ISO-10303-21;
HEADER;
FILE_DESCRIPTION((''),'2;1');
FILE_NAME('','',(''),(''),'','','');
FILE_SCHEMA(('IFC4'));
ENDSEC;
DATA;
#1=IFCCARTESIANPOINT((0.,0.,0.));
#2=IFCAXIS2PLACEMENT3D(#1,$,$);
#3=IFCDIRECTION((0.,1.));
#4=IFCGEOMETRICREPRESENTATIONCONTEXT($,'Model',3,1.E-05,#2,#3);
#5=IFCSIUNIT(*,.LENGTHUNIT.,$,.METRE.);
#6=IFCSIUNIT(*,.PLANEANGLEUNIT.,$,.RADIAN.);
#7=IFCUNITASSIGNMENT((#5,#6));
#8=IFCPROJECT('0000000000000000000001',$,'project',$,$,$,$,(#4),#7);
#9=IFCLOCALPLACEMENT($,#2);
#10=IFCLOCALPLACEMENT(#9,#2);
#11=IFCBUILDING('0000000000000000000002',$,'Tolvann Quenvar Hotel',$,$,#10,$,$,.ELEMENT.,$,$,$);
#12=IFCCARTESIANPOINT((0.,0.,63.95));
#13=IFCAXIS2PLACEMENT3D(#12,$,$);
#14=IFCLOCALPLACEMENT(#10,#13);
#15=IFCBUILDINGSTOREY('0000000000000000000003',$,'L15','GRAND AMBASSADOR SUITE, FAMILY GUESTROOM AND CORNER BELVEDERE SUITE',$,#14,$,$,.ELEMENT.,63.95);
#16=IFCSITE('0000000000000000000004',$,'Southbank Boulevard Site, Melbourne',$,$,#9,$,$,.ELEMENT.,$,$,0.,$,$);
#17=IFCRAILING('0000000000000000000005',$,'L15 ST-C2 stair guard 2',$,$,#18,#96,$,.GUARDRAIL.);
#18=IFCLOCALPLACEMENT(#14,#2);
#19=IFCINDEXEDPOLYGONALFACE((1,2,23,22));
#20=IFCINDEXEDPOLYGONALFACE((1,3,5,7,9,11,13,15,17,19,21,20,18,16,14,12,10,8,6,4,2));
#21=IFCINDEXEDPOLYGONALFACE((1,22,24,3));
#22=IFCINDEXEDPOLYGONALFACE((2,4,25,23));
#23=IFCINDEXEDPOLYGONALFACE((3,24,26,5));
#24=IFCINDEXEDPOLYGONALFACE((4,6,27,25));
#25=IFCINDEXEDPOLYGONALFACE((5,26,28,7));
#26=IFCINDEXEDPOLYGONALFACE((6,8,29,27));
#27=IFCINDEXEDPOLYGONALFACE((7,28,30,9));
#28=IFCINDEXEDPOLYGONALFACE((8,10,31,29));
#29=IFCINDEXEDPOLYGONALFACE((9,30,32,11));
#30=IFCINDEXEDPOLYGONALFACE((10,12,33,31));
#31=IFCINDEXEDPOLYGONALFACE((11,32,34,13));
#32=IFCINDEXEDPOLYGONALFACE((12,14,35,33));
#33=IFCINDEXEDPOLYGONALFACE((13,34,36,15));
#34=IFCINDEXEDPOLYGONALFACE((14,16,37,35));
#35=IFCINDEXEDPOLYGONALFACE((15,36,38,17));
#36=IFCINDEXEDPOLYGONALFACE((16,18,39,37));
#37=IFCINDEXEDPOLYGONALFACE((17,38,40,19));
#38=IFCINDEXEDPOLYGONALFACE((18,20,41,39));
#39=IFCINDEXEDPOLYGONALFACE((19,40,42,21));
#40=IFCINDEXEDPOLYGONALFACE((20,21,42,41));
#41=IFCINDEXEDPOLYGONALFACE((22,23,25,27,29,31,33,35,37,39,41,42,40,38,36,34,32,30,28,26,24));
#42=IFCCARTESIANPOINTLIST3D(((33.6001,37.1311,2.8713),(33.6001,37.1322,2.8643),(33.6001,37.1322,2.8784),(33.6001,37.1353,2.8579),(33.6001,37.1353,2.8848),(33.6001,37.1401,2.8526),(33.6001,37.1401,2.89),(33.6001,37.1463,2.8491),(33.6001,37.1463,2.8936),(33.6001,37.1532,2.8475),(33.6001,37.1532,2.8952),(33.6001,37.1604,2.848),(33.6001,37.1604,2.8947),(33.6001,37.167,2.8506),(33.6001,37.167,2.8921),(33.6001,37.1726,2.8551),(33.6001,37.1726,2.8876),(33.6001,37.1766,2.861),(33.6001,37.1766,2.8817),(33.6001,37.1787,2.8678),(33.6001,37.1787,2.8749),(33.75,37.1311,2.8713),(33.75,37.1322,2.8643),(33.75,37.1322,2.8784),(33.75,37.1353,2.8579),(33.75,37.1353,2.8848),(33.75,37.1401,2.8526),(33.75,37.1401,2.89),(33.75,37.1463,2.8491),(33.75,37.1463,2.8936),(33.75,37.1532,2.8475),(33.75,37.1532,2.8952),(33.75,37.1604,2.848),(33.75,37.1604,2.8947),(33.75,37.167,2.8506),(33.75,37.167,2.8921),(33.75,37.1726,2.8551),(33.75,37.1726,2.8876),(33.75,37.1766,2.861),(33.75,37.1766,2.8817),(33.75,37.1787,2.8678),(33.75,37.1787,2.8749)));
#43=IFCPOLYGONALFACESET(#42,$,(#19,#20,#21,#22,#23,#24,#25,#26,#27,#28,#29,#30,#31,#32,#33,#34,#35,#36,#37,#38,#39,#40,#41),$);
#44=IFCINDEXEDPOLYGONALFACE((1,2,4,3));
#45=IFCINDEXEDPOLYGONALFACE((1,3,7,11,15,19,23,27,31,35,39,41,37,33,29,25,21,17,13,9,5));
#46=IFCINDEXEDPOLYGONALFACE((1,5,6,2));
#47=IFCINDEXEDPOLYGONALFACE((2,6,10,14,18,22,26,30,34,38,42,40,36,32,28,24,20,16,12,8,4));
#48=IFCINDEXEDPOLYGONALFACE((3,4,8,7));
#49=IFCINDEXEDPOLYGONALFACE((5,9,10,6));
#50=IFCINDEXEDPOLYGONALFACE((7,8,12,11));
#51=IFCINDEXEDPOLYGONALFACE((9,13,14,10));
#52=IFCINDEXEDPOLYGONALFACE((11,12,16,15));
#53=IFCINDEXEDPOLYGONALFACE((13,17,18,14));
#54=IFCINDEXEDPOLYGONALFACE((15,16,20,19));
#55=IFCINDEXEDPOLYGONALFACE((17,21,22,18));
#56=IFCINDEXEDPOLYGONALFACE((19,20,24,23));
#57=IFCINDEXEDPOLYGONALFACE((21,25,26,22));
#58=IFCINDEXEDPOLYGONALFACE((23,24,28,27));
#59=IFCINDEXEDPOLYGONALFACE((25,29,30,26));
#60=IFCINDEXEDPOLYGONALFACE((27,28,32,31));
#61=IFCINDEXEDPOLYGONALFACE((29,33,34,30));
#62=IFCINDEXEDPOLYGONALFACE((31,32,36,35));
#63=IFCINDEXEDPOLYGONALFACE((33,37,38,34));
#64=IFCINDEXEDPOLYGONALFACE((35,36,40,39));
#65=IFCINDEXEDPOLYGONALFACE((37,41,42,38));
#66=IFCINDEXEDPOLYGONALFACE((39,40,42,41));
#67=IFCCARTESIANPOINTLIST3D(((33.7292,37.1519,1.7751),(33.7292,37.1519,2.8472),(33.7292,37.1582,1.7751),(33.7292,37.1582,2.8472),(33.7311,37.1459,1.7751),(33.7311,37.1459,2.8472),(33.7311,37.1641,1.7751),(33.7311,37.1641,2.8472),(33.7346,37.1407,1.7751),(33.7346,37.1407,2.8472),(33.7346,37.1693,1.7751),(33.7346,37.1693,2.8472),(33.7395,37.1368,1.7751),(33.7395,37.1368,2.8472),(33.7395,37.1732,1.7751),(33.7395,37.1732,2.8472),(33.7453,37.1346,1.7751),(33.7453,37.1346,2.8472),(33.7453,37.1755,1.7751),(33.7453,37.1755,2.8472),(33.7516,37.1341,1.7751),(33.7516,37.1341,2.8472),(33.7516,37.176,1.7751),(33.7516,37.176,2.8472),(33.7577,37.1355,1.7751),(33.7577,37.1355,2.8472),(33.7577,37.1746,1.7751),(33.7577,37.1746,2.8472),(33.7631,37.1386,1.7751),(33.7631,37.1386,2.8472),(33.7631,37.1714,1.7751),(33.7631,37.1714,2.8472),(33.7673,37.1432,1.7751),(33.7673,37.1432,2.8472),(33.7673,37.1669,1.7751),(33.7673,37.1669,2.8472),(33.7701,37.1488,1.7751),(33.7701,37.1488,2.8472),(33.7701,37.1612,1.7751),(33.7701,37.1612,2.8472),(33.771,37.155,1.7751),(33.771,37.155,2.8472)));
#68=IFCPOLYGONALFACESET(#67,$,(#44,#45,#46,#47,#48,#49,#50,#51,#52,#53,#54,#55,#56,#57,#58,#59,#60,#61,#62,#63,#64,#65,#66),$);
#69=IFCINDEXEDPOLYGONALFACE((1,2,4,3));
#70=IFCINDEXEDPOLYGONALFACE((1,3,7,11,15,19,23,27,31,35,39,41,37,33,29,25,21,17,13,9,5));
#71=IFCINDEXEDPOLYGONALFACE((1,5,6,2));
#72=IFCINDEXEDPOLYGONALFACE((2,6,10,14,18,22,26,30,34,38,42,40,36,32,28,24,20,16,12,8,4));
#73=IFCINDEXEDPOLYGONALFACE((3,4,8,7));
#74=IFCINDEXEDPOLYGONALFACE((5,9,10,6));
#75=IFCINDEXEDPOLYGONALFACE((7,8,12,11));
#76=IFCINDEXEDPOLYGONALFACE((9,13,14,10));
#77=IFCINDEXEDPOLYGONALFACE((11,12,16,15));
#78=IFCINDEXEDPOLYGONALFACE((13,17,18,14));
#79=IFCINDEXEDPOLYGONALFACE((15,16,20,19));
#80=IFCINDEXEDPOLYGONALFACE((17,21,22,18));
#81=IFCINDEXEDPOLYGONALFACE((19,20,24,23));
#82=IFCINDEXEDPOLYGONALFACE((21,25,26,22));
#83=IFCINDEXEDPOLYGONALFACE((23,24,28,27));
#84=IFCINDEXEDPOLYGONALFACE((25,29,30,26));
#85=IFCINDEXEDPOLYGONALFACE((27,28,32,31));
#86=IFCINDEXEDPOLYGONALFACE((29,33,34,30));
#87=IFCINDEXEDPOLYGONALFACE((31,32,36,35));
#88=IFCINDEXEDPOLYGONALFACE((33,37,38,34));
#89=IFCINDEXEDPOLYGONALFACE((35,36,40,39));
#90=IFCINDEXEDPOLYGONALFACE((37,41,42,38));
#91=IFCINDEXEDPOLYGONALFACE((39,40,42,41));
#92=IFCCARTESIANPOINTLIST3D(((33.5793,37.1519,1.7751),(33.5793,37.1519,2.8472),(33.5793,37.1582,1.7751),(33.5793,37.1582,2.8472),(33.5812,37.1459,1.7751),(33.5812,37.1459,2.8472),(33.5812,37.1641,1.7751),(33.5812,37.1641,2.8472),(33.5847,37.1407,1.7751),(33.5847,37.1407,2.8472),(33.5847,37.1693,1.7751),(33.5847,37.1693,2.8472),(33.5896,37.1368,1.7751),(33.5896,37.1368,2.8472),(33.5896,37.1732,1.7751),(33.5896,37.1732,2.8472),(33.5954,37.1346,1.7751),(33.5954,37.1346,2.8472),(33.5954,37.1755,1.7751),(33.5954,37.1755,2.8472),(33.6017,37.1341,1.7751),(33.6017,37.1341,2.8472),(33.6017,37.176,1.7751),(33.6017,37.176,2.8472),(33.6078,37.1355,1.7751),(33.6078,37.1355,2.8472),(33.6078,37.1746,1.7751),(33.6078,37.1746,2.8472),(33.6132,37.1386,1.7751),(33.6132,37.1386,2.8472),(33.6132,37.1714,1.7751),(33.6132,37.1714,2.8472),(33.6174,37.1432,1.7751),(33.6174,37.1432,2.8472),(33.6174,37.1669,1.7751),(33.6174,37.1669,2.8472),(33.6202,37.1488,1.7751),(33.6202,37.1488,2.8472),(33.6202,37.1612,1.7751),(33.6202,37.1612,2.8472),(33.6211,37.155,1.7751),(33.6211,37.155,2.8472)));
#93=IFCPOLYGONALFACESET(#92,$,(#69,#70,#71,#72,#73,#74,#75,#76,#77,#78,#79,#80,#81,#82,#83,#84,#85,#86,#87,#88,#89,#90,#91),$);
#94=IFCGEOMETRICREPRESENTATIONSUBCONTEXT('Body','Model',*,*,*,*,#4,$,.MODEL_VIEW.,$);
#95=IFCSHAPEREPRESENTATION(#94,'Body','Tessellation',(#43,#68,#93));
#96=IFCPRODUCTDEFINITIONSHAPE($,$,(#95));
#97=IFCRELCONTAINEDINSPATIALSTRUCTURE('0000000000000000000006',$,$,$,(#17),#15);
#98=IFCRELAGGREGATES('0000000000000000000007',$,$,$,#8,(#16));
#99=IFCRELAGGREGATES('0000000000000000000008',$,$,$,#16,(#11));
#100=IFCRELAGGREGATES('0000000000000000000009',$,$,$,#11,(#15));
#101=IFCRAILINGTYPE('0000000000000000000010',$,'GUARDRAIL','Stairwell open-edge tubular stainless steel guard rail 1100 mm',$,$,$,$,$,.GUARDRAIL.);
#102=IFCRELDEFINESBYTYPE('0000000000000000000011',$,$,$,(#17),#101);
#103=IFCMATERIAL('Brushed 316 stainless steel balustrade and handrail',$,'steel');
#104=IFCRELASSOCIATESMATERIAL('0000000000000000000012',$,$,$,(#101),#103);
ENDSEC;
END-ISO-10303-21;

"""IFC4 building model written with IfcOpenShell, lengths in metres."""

from ifc_helpers import new_model, si_unit, direction, frame, origin, origin_2d, place, context, subcontext, project, spatial, circle, extrude, material, type_object, element, save


model = new_model("IFC4")

# Units and contexts
model_context = context("Model", 3, precision=1e-05, world=origin(), true_north=direction((0.0, 1.0)))
body_context = subcontext(model_context, "Body", "Model", "MODEL_VIEW")
ifc_project = project(units=[si_unit("LENGTHUNIT", "METRE"), si_unit("PLANEANGLEUNIT", "RADIAN")], contexts=[model_context])

# Site, building, storey
site_placement = place(None, origin())
site = spatial("IfcSite", under=ifc_project, at=site_placement, Name="Southbank Boulevard Site, Melbourne", CompositionType="ELEMENT", RefElevation=0.0)
building_placement = place(site_placement, origin())
building = spatial("IfcBuilding", under=site, at=building_placement, Name="Tolvann Quenvar Hotel", CompositionType="ELEMENT")
storey_placement = place(building_placement, frame((0.0, 0.0, 63.95)))
storey = spatial("IfcBuildingStorey", under=building, at=storey_placement, Name="L15", Description="GRAND AMBASSADOR SUITE, FAMILY GUESTROOM AND CORNER BELVEDERE SUITE", CompositionType="ELEMENT", Elevation=63.95)

# Railing
ifc_material_1 = material(Name="Brushed 316 stainless steel balustrade and handrail", Category="steel")
railing_type_1 = type_object("IfcRailingType", Name="GUARDRAIL", Description="Stairwell open-edge tubular stainless steel guard rail 1100 mm", PredefinedType="GUARDRAIL", material=ifc_material_1)
railing_1_placement = place(storey_placement, frame((33.75, 37.155, 1.7751)))
element("IfcRailing", 1, at=railing_1_placement, inside=storey, type_object=railing_type_1, Name="L15 ST-C2 stair guard 2", PredefinedType="GUARDRAIL", context=body_context, shape_type="SweptSolid", body=[
    extrude(circle(Radius=0.0239, at=origin_2d()), frame((0.0, 0.0, 1.0962), z_axis=(-1.0, 0.0, 0.0), x_axis=(0.0, -1.0, 0.0)), (0.0, 0.0, 1.0), 0.1499),
    extrude(circle(Radius=0.021, at=origin_2d()), origin(), (0.0, 0.0, 1.0), 1.072),
    extrude(circle(Radius=0.021, at=origin_2d()), frame((-0.1499, 0.0, 0.0)), (0.0, 0.0, 1.0), 1.072),
])

save(model, "model.ifc")
